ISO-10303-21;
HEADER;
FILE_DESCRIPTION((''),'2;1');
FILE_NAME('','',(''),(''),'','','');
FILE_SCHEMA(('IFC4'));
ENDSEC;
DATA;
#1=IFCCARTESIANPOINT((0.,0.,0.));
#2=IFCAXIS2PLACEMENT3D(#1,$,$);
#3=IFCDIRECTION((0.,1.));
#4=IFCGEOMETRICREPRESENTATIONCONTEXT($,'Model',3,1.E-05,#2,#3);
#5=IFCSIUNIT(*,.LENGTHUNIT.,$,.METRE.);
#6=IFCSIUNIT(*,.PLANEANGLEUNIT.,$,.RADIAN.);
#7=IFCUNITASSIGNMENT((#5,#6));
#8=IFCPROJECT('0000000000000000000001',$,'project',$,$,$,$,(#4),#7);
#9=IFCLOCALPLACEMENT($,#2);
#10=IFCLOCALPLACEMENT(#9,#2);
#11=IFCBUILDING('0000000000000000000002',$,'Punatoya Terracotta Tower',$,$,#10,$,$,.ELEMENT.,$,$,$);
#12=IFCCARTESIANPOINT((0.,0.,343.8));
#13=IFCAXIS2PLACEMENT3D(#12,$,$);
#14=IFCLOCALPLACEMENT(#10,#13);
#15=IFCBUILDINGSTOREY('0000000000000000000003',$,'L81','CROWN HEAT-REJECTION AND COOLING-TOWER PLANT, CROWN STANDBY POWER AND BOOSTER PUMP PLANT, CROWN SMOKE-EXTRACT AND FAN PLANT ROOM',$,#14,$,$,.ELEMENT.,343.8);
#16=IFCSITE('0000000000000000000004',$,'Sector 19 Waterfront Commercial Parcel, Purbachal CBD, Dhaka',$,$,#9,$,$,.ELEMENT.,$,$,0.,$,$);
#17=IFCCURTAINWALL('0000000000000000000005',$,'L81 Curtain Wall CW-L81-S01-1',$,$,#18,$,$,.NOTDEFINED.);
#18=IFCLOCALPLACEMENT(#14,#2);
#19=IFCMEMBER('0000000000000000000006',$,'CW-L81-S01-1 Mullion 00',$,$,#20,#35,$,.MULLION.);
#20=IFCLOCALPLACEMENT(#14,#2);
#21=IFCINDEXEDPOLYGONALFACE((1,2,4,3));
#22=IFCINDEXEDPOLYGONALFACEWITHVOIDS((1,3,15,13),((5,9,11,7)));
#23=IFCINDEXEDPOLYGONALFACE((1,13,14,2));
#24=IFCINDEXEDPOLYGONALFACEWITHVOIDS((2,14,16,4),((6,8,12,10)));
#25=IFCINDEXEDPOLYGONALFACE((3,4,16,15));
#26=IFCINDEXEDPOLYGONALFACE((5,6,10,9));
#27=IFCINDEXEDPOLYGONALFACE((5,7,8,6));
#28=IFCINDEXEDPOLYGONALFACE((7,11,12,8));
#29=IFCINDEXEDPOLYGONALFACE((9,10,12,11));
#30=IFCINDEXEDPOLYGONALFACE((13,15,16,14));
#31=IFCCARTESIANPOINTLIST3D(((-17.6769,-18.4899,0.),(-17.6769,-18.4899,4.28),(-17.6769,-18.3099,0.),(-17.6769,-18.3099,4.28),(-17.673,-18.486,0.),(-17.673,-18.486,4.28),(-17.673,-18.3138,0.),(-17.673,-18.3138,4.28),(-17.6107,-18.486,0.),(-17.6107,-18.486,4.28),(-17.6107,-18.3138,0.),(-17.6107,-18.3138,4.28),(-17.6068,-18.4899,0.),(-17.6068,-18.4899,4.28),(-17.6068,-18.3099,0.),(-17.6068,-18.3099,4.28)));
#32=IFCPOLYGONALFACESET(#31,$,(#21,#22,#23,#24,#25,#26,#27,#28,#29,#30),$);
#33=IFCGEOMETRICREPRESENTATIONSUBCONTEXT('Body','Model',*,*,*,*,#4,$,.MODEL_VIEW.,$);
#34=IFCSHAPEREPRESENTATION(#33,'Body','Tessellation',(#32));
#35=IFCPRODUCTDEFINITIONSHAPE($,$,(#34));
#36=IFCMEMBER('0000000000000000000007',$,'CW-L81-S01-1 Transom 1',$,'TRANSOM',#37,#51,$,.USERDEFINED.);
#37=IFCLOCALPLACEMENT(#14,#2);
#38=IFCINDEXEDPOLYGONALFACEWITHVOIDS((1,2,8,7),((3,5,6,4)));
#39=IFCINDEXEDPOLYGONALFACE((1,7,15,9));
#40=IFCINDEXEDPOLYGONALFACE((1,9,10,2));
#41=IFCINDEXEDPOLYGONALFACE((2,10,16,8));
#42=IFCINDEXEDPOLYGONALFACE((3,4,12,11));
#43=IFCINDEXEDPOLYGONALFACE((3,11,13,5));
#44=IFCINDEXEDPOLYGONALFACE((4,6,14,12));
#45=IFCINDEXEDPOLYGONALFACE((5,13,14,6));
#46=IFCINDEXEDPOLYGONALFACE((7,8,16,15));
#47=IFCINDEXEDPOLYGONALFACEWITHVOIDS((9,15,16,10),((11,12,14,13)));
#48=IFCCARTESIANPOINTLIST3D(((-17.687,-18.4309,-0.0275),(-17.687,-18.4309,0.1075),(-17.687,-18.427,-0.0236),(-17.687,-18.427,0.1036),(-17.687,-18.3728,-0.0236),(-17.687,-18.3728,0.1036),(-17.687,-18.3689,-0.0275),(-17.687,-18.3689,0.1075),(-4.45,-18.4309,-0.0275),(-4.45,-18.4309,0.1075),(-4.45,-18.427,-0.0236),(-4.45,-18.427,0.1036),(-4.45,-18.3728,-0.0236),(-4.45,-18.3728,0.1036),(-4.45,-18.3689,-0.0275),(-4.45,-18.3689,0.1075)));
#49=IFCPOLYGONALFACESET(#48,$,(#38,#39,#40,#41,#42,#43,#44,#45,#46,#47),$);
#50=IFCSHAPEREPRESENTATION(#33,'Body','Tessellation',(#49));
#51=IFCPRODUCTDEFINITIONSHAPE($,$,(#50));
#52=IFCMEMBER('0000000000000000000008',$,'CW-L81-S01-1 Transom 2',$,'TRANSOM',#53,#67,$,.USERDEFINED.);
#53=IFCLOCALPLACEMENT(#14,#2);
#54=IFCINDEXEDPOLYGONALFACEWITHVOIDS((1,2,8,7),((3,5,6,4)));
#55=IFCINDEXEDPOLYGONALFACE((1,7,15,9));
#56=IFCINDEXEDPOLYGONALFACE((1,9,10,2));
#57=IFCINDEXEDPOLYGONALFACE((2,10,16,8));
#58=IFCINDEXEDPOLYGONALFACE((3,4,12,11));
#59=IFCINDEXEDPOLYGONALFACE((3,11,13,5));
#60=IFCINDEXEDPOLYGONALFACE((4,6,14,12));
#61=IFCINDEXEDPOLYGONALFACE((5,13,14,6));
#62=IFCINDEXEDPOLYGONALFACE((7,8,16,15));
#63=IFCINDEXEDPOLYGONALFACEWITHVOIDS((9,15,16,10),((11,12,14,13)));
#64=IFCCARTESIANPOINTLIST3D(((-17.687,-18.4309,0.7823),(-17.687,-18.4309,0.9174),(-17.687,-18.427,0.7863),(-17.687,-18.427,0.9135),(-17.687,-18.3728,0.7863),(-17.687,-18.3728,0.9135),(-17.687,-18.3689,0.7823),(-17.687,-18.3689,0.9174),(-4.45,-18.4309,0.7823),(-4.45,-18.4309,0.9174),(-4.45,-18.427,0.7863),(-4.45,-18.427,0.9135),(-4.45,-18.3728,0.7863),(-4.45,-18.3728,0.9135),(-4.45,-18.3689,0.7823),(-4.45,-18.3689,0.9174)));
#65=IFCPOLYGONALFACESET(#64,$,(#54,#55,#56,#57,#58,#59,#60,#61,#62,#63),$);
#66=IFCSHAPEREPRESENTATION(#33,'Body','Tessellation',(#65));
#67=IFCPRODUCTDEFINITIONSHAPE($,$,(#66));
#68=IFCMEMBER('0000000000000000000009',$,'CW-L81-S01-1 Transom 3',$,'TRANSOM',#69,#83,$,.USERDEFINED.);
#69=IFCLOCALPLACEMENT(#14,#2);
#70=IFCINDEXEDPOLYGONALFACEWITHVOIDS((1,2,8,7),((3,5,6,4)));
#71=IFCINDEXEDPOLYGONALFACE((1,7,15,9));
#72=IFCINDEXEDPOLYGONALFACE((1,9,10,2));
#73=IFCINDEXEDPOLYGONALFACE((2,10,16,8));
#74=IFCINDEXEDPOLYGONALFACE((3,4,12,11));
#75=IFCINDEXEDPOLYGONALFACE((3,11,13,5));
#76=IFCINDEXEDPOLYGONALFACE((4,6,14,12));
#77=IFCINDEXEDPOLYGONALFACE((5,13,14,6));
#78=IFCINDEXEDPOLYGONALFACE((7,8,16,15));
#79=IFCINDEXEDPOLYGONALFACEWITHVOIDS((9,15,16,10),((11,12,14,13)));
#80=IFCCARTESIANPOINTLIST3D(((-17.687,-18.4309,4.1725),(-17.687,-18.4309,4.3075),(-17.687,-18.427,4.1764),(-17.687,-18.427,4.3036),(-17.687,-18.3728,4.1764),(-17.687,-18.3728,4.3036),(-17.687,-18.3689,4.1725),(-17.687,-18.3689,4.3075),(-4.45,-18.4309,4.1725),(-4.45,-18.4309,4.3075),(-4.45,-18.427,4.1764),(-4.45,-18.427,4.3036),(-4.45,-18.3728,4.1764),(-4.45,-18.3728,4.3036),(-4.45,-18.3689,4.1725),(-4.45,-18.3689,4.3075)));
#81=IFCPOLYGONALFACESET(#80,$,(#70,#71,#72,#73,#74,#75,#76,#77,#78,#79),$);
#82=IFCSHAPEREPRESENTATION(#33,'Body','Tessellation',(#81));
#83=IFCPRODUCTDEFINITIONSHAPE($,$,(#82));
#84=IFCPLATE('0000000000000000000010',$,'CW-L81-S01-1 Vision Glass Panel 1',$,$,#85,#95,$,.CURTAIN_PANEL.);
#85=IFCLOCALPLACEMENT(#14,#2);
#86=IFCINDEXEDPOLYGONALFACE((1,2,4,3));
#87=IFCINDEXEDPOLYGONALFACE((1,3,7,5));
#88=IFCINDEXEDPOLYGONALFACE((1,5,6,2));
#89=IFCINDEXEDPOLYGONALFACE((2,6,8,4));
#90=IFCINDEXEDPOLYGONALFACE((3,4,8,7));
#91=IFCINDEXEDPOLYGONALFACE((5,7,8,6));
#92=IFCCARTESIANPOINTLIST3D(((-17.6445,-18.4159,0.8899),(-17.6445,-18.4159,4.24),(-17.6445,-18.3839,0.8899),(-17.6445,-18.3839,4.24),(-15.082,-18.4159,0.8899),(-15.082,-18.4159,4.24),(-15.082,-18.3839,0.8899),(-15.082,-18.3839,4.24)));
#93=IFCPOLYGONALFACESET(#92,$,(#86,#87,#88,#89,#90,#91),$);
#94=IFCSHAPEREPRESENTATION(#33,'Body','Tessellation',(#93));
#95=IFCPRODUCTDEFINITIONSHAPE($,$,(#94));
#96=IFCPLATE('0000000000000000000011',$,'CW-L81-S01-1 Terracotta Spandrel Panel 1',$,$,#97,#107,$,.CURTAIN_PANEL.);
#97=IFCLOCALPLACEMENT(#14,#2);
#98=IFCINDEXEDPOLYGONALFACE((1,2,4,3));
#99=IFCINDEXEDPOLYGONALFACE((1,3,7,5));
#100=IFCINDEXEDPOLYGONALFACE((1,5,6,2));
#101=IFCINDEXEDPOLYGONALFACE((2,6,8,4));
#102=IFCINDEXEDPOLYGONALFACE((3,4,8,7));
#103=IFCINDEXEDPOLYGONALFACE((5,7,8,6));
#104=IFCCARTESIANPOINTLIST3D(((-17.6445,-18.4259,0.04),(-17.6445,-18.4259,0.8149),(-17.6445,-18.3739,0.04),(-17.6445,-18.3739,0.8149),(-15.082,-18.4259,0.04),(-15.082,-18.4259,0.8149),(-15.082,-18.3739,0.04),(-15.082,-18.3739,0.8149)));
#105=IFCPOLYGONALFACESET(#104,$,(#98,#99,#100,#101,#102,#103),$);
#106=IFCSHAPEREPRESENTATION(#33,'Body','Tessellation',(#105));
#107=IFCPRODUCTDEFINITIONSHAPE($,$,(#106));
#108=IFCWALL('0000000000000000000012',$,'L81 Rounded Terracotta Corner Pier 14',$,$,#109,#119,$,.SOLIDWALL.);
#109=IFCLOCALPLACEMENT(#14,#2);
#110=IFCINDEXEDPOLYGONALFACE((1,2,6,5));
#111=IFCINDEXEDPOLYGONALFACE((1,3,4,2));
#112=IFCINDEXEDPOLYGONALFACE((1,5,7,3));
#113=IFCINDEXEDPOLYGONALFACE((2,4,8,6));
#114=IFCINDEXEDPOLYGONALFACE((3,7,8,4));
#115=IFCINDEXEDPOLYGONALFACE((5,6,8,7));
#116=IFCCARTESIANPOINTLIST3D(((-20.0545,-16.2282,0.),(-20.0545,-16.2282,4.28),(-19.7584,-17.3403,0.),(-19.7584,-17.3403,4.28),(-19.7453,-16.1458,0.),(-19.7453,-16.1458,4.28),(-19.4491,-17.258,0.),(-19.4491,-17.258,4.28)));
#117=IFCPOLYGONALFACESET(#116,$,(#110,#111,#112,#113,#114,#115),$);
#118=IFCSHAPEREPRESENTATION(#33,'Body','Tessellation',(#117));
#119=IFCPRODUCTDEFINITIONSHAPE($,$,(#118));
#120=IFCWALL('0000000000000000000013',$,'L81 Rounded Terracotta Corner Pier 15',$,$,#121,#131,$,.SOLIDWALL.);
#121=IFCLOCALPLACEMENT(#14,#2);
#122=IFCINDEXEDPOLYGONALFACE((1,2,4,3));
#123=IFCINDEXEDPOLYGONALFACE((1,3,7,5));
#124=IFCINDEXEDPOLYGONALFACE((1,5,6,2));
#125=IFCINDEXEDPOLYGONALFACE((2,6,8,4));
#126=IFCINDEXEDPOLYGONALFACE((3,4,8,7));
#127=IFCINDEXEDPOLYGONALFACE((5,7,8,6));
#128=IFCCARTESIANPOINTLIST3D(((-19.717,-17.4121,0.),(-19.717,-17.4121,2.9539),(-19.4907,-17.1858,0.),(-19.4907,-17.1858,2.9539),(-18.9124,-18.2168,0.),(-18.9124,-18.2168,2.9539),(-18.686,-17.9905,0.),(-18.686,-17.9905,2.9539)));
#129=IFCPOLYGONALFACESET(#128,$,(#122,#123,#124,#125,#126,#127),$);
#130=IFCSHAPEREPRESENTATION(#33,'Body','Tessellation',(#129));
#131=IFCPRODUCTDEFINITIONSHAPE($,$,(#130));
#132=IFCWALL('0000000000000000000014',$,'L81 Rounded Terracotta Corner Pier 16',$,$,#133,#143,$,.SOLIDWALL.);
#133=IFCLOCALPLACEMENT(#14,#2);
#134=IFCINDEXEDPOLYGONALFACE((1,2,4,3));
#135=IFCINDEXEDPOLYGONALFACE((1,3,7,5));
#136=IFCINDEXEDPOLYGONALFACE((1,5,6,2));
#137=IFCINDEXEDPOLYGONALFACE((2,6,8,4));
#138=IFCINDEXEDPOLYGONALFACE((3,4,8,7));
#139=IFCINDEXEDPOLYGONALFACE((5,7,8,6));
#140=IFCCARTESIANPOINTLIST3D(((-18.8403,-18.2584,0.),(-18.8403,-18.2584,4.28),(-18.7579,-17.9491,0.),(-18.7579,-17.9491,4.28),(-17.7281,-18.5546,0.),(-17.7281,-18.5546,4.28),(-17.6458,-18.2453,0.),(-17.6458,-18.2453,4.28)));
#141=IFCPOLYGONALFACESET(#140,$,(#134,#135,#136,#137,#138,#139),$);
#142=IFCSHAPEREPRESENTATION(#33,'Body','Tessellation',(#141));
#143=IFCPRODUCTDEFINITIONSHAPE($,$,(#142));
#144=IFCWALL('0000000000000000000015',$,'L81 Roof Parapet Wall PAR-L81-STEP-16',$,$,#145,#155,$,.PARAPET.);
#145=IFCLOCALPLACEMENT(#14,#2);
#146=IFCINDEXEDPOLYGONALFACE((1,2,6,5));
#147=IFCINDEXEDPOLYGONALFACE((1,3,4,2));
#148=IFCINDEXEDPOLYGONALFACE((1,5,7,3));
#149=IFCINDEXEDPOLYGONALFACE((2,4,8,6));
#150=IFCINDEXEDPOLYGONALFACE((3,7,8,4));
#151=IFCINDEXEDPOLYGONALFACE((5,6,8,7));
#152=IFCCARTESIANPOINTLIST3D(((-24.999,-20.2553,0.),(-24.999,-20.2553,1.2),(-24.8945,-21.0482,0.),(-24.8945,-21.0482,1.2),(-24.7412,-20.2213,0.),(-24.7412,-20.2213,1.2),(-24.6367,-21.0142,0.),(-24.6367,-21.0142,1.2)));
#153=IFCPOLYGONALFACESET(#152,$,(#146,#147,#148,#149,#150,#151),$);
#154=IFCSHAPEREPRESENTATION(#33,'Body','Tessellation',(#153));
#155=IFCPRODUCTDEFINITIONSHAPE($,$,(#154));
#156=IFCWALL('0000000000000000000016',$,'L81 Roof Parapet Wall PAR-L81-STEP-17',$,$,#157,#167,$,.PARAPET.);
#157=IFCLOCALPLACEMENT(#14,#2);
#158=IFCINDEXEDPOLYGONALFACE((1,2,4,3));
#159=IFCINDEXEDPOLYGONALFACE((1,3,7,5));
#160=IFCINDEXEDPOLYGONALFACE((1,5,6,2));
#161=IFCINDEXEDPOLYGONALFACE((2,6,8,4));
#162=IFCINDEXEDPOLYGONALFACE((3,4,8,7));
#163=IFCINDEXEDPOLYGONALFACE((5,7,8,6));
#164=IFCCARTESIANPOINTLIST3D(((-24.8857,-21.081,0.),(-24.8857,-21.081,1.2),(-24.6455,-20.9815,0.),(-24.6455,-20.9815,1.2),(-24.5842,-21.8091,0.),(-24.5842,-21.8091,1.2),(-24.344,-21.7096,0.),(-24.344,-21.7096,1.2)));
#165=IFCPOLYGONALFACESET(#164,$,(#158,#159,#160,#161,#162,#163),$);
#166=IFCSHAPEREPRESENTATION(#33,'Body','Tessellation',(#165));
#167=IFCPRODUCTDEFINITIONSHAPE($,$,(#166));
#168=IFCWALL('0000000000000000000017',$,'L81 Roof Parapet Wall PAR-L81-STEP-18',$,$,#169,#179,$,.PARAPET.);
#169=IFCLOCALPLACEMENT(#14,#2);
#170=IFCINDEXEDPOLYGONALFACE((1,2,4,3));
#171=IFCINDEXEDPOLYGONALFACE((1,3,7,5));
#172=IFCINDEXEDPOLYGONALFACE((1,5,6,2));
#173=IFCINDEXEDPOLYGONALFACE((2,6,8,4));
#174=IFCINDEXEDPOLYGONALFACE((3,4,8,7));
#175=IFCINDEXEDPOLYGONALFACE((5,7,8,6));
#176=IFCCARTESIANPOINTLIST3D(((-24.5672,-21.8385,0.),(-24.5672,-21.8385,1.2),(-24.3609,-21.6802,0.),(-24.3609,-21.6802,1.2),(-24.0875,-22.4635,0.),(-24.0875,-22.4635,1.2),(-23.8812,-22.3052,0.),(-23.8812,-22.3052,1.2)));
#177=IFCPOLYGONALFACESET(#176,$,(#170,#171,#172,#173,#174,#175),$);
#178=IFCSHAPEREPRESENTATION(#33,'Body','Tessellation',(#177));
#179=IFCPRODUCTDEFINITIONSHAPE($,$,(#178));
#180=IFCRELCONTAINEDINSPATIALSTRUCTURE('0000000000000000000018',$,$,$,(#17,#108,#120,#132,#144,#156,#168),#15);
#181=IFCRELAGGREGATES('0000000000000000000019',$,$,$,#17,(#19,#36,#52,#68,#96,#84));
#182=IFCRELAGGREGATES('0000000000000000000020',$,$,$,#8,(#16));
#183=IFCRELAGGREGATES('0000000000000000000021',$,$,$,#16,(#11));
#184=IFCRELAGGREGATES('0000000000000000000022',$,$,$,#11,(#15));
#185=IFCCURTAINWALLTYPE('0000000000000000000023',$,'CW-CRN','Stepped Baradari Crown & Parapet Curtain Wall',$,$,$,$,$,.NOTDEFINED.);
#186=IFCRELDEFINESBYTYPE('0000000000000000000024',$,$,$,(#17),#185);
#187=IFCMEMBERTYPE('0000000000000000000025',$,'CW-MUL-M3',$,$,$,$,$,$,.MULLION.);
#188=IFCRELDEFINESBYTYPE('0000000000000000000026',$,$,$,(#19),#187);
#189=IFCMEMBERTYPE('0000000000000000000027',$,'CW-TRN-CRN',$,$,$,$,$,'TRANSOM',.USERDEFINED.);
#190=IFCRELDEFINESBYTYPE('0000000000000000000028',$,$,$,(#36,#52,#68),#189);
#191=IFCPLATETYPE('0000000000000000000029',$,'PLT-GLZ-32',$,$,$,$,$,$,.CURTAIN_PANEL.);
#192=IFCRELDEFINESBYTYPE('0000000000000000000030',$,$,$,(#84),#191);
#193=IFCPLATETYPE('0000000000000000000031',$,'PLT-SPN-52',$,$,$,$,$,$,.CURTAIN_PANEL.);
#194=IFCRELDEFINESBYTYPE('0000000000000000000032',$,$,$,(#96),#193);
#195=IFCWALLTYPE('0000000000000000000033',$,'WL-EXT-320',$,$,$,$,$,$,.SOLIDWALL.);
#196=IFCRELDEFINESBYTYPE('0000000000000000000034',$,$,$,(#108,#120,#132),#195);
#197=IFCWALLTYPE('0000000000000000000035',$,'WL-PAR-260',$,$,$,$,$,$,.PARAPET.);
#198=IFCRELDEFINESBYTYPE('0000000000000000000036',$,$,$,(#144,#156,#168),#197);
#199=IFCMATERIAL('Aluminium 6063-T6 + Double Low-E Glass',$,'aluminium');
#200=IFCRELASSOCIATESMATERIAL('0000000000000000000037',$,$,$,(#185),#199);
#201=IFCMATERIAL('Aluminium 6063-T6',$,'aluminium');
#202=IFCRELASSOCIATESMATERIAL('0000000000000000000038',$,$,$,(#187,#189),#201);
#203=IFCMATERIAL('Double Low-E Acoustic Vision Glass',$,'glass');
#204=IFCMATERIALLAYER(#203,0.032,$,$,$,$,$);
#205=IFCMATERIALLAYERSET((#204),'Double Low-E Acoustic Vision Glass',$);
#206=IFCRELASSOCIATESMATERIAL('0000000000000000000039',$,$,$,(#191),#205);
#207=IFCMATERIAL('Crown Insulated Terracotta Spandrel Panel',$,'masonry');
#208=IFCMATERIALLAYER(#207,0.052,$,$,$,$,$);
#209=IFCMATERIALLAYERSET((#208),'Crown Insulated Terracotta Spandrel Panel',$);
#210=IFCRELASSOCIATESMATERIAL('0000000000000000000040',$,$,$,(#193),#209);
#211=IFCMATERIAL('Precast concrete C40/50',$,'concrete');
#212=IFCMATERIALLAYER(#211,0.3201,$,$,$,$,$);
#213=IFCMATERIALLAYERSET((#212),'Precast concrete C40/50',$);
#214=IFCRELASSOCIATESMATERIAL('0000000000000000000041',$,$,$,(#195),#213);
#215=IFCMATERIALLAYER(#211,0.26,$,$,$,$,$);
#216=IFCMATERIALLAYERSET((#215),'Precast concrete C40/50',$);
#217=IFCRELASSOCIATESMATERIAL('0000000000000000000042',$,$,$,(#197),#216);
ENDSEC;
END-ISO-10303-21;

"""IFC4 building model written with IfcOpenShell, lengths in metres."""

from ifc_helpers import new_model, si_unit, direction, frame, frame_2d, origin, origin_2d, place, context, subcontext, project, spatial, rectangle, hollow_rectangle, extrude, material, layer, layer_set, material_profile, profile_set, type_object, element, aggregate, save


model = new_model("IFC4")

# Units and contexts
model_context = context("Model", 3, precision=1e-05, world=origin(), true_north=direction((0.0, 1.0)))
body_context = subcontext(model_context, "Body", "Model", "MODEL_VIEW")
ifc_project = project(units=[si_unit("LENGTHUNIT", "METRE"), si_unit("PLANEANGLEUNIT", "RADIAN")], contexts=[model_context])

# Site, building, storey
site_placement = place(None, origin())
site = spatial("IfcSite", under=ifc_project, at=site_placement, Name="Sector 19 Waterfront Commercial Parcel, Purbachal CBD, Dhaka", CompositionType="ELEMENT", RefElevation=0.0)
building_placement = place(site_placement, origin())
building = spatial("IfcBuilding", under=site, at=building_placement, Name="Punatoya Terracotta Tower", CompositionType="ELEMENT")
storey_placement = place(building_placement, frame((0.0, 0.0, 343.8)))
storey = spatial("IfcBuildingStorey", under=building, at=storey_placement, Name="L81", Description="CROWN HEAT-REJECTION AND COOLING-TOWER PLANT, CROWN STANDBY POWER AND BOOSTER PUMP PLANT, CROWN SMOKE-EXTRACT AND FAN PLANT ROOM", CompositionType="ELEMENT", Elevation=343.8)

# Curtain wall, members, plates
ifc_material_1 = material(Name="Aluminium 6063-T6 + Double Low-E Glass", Category="aluminium")
curtain_wall_type = type_object("IfcCurtainWallType", Name="CW-CRN", Description="Stepped Baradari Crown & Parapet Curtain Wall", PredefinedType="NOTDEFINED", material=ifc_material_1)
curtain_wall_placement = place(storey_placement, origin())
curtain_wall = element("IfcCurtainWall", 1, at=curtain_wall_placement, inside=storey, type_object=curtain_wall_type, Name="L81 Curtain Wall CW-L81-S01-1", PredefinedType="NOTDEFINED")
ifc_material_2 = material(Name="Aluminium 6063-T6", Category="aluminium")
ifc_material_profile_1 = material_profile(ifc_material_2, hollow_rectangle(XDim=0.0701, YDim=0.1799, WallThickness=0.0039, at=origin_2d()))
ifc_profile_set_1 = profile_set([ifc_material_profile_1], Name="Aluminium 6063-T6")
member_type_1 = type_object("IfcMemberType", Name="CW-MUL-M3", PredefinedType="MULLION", material=ifc_profile_set_1)
member_1_placement = place(storey_placement, frame((-17.6418, -18.3999, 0.0), z_axis=(0.0, 0.0, 1.0), x_axis=(1.0, 0.0, 0.0)))
member_1 = element("IfcMember", 2, at=member_1_placement, type_object=member_type_1, Name="CW-L81-S01-1 Mullion 00", PredefinedType="MULLION", context=body_context, shape_type="SweptSolid", body=[
    extrude(hollow_rectangle(XDim=0.0701, YDim=0.1799, WallThickness=0.0039, at=origin_2d()), origin(), (0.0, 0.0, 1.0), 4.28),
])
ifc_material_profile_2 = material_profile(ifc_material_2, hollow_rectangle(XDim=0.062, YDim=0.135, WallThickness=0.0039, at=origin_2d()))
ifc_profile_set_2 = profile_set([ifc_material_profile_2], Name="Aluminium 6063-T6")
member_type_2 = type_object("IfcMemberType", Name="CW-TRN-CRN", ElementType="TRANSOM", PredefinedType="USERDEFINED", material=ifc_profile_set_2)
member_2_placement = place(storey_placement, frame((-17.687, -18.3999, 0.04), z_axis=(1.0, 0.0, 0.0), x_axis=(0.0, 1.0, 0.0)))
member_2 = element("IfcMember", 3, at=member_2_placement, type_object=member_type_2, Name="CW-L81-S01-1 Transom 1", ObjectType="TRANSOM", PredefinedType="USERDEFINED", context=body_context, shape_type="SweptSolid", body=[
    extrude(hollow_rectangle(XDim=0.062, YDim=0.135, WallThickness=0.0039, at=origin_2d()), origin(), (0.0, 0.0, 1.0), 13.2371),
])
member_3_placement = place(storey_placement, frame((-17.687, -18.3999, 0.8499), z_axis=(1.0, 0.0, 0.0), x_axis=(0.0, 1.0, 0.0)))
member_3 = element("IfcMember", 4, at=member_3_placement, type_object=member_type_2, Name="CW-L81-S01-1 Transom 2", ObjectType="TRANSOM", PredefinedType="USERDEFINED", context=body_context, shape_type="SweptSolid", body=[
    extrude(hollow_rectangle(XDim=0.062, YDim=0.135, WallThickness=0.0039, at=origin_2d()), origin(), (0.0, 0.0, 1.0), 13.2371),
])
member_4_placement = place(storey_placement, frame((-17.687, -18.3999, 4.24), z_axis=(1.0, 0.0, 0.0), x_axis=(0.0, 1.0, 0.0)))
member_4 = element("IfcMember", 5, at=member_4_placement, type_object=member_type_2, Name="CW-L81-S01-1 Transom 3", ObjectType="TRANSOM", PredefinedType="USERDEFINED", context=body_context, shape_type="SweptSolid", body=[
    extrude(hollow_rectangle(XDim=0.062, YDim=0.135, WallThickness=0.0039, at=origin_2d()), origin(), (0.0, 0.0, 1.0), 13.2371),
])
ifc_material_3 = material(Name="Double Low-E Acoustic Vision Glass", Category="glass")
ifc_layer_1 = layer(ifc_material_3, 0.032)
ifc_layer_set_1 = layer_set([ifc_layer_1], Name="Double Low-E Acoustic Vision Glass")
plate_type_1 = type_object("IfcPlateType", Name="PLT-GLZ-32", PredefinedType="CURTAIN_PANEL", material=ifc_layer_set_1)
plate_1_placement = place(storey_placement, frame((-16.3633, -18.3999, 0.8899), z_axis=(0.0, 0.0, 1.0), x_axis=(1.0, 0.0, 0.0)))
plate_1 = element("IfcPlate", 6, at=plate_1_placement, type_object=plate_type_1, Name="CW-L81-S01-1 Vision Glass Panel 1", PredefinedType="CURTAIN_PANEL", context=body_context, shape_type="SweptSolid", body=[
    extrude(rectangle(XDim=2.5625, YDim=0.032, at=origin_2d()), origin(), (0.0, 0.0, 1.0), 3.3501),
])
ifc_material_4 = material(Name="Crown Insulated Terracotta Spandrel Panel", Category="masonry")
ifc_layer_2 = layer(ifc_material_4, 0.052)
ifc_layer_set_2 = layer_set([ifc_layer_2], Name="Crown Insulated Terracotta Spandrel Panel")
plate_type_2 = type_object("IfcPlateType", Name="PLT-SPN-52", PredefinedType="CURTAIN_PANEL", material=ifc_layer_set_2)
plate_2_placement = place(storey_placement, frame((-16.3633, -18.3999, 0.04), z_axis=(0.0, 0.0, 1.0), x_axis=(1.0, 0.0, 0.0)))
plate_2 = element("IfcPlate", 7, at=plate_2_placement, type_object=plate_type_2, Name="CW-L81-S01-1 Terracotta Spandrel Panel 1", PredefinedType="CURTAIN_PANEL", context=body_context, shape_type="SweptSolid", body=[
    extrude(rectangle(XDim=2.5625, YDim=0.052, at=origin_2d()), origin(), (0.0, 0.0, 1.0), 0.7749),
])
aggregate(curtain_wall, [member_1, member_2, member_3, member_4, plate_2, plate_1])

# Walls
ifc_material_5 = material(Name="Precast concrete C40/50", Category="concrete")
ifc_layer_3 = layer(ifc_material_5, 0.3201)
ifc_layer_set_3 = layer_set([ifc_layer_3], Name="Precast concrete C40/50")
wall_type_1 = type_object("IfcWallType", Name="WL-EXT-320", PredefinedType="SOLIDWALL", material=ifc_layer_set_3)
wall_1_placement = place(storey_placement, frame((-19.8999, -16.187, 0.0), z_axis=(0.0, 0.0, 1.0), x_axis=(0.257333, -0.966323, 0.0)))
element("IfcWall", 8, at=wall_1_placement, inside=storey, type_object=wall_type_1, Name="L81 Rounded Terracotta Corner Pier 14", PredefinedType="SOLIDWALL", context=body_context, shape_type="SweptSolid", body=[
    extrude(rectangle(XDim=1.1509, YDim=0.3201, at=frame_2d((0.5754, 0.0))), origin(), (0.0, 0.0, 1.0), 4.28),
])
wall_2_placement = place(storey_placement, frame((-19.6038, -17.2991, 0.0), z_axis=(0.0, 0.0, 1.0), x_axis=(0.707107, -0.707107, 0.0)))
element("IfcWall", 9, at=wall_2_placement, inside=storey, type_object=wall_type_1, Name="L81 Rounded Terracotta Corner Pier 15", PredefinedType="SOLIDWALL", context=body_context, shape_type="SweptSolid", body=[
    extrude(rectangle(XDim=1.1379, YDim=0.3201, at=frame_2d((0.5688, 0.0))), origin(), (0.0, 0.0, 1.0), 2.9539),
])
wall_3_placement = place(storey_placement, frame((-18.7991, -18.1038, 0.0), z_axis=(0.0, 0.0, 1.0), x_axis=(0.966323, -0.257333, 0.0)))
element("IfcWall", 10, at=wall_3_placement, inside=storey, type_object=wall_type_1, Name="L81 Rounded Terracotta Corner Pier 16", PredefinedType="SOLIDWALL", context=body_context, shape_type="SweptSolid", body=[
    extrude(rectangle(XDim=1.1509, YDim=0.3201, at=frame_2d((0.5754, 0.0))), origin(), (0.0, 0.0, 1.0), 4.28),
])
ifc_layer_4 = layer(ifc_material_5, 0.26)
ifc_layer_set_4 = layer_set([ifc_layer_4], Name="Precast concrete C40/50")
wall_type_2 = type_object("IfcWallType", Name="WL-PAR-260", PredefinedType="PARAPET", material=ifc_layer_set_4)
wall_4_placement = place(storey_placement, frame((-24.8701, -20.2383, 0.0), z_axis=(0.0, 0.0, 1.0), x_axis=(0.130644, -0.991429, 0.0)))
element("IfcWall", 11, at=wall_4_placement, inside=storey, type_object=wall_type_2, Name="L81 Roof Parapet Wall PAR-L81-STEP-16", PredefinedType="PARAPET", context=body_context, shape_type="SweptSolid", body=[
    extrude(rectangle(XDim=0.7998, YDim=0.26, at=frame_2d((0.3999, 0.0))), origin(), (0.0, 0.0, 1.0), 1.2),
])
wall_5_placement = place(storey_placement, frame((-24.7656, -21.0312, 0.0), z_axis=(0.0, 0.0, 1.0), x_axis=(0.382635, -0.9239, 0.0)))
element("IfcWall", 12, at=wall_5_placement, inside=storey, type_object=wall_type_2, Name="L81 Roof Parapet Wall PAR-L81-STEP-17", PredefinedType="PARAPET", context=body_context, shape_type="SweptSolid", body=[
    extrude(rectangle(XDim=0.7881, YDim=0.26, at=frame_2d((0.394, 0.0))), origin(), (0.0, 0.0, 1.0), 1.2),
])
wall_6_placement = place(storey_placement, frame((-24.4641, -21.7593, 0.0), z_axis=(0.0, 0.0, 1.0), x_axis=(0.608887, -0.793257, 0.0)))
element("IfcWall", 13, at=wall_6_placement, inside=storey, type_object=wall_type_2, Name="L81 Roof Parapet Wall PAR-L81-STEP-18", PredefinedType="PARAPET", context=body_context, shape_type="SweptSolid", body=[
    extrude(rectangle(XDim=0.7878, YDim=0.26, at=frame_2d((0.394, 0.0))), origin(), (0.0, 0.0, 1.0), 1.2),
])

save(model, "model.ifc")
